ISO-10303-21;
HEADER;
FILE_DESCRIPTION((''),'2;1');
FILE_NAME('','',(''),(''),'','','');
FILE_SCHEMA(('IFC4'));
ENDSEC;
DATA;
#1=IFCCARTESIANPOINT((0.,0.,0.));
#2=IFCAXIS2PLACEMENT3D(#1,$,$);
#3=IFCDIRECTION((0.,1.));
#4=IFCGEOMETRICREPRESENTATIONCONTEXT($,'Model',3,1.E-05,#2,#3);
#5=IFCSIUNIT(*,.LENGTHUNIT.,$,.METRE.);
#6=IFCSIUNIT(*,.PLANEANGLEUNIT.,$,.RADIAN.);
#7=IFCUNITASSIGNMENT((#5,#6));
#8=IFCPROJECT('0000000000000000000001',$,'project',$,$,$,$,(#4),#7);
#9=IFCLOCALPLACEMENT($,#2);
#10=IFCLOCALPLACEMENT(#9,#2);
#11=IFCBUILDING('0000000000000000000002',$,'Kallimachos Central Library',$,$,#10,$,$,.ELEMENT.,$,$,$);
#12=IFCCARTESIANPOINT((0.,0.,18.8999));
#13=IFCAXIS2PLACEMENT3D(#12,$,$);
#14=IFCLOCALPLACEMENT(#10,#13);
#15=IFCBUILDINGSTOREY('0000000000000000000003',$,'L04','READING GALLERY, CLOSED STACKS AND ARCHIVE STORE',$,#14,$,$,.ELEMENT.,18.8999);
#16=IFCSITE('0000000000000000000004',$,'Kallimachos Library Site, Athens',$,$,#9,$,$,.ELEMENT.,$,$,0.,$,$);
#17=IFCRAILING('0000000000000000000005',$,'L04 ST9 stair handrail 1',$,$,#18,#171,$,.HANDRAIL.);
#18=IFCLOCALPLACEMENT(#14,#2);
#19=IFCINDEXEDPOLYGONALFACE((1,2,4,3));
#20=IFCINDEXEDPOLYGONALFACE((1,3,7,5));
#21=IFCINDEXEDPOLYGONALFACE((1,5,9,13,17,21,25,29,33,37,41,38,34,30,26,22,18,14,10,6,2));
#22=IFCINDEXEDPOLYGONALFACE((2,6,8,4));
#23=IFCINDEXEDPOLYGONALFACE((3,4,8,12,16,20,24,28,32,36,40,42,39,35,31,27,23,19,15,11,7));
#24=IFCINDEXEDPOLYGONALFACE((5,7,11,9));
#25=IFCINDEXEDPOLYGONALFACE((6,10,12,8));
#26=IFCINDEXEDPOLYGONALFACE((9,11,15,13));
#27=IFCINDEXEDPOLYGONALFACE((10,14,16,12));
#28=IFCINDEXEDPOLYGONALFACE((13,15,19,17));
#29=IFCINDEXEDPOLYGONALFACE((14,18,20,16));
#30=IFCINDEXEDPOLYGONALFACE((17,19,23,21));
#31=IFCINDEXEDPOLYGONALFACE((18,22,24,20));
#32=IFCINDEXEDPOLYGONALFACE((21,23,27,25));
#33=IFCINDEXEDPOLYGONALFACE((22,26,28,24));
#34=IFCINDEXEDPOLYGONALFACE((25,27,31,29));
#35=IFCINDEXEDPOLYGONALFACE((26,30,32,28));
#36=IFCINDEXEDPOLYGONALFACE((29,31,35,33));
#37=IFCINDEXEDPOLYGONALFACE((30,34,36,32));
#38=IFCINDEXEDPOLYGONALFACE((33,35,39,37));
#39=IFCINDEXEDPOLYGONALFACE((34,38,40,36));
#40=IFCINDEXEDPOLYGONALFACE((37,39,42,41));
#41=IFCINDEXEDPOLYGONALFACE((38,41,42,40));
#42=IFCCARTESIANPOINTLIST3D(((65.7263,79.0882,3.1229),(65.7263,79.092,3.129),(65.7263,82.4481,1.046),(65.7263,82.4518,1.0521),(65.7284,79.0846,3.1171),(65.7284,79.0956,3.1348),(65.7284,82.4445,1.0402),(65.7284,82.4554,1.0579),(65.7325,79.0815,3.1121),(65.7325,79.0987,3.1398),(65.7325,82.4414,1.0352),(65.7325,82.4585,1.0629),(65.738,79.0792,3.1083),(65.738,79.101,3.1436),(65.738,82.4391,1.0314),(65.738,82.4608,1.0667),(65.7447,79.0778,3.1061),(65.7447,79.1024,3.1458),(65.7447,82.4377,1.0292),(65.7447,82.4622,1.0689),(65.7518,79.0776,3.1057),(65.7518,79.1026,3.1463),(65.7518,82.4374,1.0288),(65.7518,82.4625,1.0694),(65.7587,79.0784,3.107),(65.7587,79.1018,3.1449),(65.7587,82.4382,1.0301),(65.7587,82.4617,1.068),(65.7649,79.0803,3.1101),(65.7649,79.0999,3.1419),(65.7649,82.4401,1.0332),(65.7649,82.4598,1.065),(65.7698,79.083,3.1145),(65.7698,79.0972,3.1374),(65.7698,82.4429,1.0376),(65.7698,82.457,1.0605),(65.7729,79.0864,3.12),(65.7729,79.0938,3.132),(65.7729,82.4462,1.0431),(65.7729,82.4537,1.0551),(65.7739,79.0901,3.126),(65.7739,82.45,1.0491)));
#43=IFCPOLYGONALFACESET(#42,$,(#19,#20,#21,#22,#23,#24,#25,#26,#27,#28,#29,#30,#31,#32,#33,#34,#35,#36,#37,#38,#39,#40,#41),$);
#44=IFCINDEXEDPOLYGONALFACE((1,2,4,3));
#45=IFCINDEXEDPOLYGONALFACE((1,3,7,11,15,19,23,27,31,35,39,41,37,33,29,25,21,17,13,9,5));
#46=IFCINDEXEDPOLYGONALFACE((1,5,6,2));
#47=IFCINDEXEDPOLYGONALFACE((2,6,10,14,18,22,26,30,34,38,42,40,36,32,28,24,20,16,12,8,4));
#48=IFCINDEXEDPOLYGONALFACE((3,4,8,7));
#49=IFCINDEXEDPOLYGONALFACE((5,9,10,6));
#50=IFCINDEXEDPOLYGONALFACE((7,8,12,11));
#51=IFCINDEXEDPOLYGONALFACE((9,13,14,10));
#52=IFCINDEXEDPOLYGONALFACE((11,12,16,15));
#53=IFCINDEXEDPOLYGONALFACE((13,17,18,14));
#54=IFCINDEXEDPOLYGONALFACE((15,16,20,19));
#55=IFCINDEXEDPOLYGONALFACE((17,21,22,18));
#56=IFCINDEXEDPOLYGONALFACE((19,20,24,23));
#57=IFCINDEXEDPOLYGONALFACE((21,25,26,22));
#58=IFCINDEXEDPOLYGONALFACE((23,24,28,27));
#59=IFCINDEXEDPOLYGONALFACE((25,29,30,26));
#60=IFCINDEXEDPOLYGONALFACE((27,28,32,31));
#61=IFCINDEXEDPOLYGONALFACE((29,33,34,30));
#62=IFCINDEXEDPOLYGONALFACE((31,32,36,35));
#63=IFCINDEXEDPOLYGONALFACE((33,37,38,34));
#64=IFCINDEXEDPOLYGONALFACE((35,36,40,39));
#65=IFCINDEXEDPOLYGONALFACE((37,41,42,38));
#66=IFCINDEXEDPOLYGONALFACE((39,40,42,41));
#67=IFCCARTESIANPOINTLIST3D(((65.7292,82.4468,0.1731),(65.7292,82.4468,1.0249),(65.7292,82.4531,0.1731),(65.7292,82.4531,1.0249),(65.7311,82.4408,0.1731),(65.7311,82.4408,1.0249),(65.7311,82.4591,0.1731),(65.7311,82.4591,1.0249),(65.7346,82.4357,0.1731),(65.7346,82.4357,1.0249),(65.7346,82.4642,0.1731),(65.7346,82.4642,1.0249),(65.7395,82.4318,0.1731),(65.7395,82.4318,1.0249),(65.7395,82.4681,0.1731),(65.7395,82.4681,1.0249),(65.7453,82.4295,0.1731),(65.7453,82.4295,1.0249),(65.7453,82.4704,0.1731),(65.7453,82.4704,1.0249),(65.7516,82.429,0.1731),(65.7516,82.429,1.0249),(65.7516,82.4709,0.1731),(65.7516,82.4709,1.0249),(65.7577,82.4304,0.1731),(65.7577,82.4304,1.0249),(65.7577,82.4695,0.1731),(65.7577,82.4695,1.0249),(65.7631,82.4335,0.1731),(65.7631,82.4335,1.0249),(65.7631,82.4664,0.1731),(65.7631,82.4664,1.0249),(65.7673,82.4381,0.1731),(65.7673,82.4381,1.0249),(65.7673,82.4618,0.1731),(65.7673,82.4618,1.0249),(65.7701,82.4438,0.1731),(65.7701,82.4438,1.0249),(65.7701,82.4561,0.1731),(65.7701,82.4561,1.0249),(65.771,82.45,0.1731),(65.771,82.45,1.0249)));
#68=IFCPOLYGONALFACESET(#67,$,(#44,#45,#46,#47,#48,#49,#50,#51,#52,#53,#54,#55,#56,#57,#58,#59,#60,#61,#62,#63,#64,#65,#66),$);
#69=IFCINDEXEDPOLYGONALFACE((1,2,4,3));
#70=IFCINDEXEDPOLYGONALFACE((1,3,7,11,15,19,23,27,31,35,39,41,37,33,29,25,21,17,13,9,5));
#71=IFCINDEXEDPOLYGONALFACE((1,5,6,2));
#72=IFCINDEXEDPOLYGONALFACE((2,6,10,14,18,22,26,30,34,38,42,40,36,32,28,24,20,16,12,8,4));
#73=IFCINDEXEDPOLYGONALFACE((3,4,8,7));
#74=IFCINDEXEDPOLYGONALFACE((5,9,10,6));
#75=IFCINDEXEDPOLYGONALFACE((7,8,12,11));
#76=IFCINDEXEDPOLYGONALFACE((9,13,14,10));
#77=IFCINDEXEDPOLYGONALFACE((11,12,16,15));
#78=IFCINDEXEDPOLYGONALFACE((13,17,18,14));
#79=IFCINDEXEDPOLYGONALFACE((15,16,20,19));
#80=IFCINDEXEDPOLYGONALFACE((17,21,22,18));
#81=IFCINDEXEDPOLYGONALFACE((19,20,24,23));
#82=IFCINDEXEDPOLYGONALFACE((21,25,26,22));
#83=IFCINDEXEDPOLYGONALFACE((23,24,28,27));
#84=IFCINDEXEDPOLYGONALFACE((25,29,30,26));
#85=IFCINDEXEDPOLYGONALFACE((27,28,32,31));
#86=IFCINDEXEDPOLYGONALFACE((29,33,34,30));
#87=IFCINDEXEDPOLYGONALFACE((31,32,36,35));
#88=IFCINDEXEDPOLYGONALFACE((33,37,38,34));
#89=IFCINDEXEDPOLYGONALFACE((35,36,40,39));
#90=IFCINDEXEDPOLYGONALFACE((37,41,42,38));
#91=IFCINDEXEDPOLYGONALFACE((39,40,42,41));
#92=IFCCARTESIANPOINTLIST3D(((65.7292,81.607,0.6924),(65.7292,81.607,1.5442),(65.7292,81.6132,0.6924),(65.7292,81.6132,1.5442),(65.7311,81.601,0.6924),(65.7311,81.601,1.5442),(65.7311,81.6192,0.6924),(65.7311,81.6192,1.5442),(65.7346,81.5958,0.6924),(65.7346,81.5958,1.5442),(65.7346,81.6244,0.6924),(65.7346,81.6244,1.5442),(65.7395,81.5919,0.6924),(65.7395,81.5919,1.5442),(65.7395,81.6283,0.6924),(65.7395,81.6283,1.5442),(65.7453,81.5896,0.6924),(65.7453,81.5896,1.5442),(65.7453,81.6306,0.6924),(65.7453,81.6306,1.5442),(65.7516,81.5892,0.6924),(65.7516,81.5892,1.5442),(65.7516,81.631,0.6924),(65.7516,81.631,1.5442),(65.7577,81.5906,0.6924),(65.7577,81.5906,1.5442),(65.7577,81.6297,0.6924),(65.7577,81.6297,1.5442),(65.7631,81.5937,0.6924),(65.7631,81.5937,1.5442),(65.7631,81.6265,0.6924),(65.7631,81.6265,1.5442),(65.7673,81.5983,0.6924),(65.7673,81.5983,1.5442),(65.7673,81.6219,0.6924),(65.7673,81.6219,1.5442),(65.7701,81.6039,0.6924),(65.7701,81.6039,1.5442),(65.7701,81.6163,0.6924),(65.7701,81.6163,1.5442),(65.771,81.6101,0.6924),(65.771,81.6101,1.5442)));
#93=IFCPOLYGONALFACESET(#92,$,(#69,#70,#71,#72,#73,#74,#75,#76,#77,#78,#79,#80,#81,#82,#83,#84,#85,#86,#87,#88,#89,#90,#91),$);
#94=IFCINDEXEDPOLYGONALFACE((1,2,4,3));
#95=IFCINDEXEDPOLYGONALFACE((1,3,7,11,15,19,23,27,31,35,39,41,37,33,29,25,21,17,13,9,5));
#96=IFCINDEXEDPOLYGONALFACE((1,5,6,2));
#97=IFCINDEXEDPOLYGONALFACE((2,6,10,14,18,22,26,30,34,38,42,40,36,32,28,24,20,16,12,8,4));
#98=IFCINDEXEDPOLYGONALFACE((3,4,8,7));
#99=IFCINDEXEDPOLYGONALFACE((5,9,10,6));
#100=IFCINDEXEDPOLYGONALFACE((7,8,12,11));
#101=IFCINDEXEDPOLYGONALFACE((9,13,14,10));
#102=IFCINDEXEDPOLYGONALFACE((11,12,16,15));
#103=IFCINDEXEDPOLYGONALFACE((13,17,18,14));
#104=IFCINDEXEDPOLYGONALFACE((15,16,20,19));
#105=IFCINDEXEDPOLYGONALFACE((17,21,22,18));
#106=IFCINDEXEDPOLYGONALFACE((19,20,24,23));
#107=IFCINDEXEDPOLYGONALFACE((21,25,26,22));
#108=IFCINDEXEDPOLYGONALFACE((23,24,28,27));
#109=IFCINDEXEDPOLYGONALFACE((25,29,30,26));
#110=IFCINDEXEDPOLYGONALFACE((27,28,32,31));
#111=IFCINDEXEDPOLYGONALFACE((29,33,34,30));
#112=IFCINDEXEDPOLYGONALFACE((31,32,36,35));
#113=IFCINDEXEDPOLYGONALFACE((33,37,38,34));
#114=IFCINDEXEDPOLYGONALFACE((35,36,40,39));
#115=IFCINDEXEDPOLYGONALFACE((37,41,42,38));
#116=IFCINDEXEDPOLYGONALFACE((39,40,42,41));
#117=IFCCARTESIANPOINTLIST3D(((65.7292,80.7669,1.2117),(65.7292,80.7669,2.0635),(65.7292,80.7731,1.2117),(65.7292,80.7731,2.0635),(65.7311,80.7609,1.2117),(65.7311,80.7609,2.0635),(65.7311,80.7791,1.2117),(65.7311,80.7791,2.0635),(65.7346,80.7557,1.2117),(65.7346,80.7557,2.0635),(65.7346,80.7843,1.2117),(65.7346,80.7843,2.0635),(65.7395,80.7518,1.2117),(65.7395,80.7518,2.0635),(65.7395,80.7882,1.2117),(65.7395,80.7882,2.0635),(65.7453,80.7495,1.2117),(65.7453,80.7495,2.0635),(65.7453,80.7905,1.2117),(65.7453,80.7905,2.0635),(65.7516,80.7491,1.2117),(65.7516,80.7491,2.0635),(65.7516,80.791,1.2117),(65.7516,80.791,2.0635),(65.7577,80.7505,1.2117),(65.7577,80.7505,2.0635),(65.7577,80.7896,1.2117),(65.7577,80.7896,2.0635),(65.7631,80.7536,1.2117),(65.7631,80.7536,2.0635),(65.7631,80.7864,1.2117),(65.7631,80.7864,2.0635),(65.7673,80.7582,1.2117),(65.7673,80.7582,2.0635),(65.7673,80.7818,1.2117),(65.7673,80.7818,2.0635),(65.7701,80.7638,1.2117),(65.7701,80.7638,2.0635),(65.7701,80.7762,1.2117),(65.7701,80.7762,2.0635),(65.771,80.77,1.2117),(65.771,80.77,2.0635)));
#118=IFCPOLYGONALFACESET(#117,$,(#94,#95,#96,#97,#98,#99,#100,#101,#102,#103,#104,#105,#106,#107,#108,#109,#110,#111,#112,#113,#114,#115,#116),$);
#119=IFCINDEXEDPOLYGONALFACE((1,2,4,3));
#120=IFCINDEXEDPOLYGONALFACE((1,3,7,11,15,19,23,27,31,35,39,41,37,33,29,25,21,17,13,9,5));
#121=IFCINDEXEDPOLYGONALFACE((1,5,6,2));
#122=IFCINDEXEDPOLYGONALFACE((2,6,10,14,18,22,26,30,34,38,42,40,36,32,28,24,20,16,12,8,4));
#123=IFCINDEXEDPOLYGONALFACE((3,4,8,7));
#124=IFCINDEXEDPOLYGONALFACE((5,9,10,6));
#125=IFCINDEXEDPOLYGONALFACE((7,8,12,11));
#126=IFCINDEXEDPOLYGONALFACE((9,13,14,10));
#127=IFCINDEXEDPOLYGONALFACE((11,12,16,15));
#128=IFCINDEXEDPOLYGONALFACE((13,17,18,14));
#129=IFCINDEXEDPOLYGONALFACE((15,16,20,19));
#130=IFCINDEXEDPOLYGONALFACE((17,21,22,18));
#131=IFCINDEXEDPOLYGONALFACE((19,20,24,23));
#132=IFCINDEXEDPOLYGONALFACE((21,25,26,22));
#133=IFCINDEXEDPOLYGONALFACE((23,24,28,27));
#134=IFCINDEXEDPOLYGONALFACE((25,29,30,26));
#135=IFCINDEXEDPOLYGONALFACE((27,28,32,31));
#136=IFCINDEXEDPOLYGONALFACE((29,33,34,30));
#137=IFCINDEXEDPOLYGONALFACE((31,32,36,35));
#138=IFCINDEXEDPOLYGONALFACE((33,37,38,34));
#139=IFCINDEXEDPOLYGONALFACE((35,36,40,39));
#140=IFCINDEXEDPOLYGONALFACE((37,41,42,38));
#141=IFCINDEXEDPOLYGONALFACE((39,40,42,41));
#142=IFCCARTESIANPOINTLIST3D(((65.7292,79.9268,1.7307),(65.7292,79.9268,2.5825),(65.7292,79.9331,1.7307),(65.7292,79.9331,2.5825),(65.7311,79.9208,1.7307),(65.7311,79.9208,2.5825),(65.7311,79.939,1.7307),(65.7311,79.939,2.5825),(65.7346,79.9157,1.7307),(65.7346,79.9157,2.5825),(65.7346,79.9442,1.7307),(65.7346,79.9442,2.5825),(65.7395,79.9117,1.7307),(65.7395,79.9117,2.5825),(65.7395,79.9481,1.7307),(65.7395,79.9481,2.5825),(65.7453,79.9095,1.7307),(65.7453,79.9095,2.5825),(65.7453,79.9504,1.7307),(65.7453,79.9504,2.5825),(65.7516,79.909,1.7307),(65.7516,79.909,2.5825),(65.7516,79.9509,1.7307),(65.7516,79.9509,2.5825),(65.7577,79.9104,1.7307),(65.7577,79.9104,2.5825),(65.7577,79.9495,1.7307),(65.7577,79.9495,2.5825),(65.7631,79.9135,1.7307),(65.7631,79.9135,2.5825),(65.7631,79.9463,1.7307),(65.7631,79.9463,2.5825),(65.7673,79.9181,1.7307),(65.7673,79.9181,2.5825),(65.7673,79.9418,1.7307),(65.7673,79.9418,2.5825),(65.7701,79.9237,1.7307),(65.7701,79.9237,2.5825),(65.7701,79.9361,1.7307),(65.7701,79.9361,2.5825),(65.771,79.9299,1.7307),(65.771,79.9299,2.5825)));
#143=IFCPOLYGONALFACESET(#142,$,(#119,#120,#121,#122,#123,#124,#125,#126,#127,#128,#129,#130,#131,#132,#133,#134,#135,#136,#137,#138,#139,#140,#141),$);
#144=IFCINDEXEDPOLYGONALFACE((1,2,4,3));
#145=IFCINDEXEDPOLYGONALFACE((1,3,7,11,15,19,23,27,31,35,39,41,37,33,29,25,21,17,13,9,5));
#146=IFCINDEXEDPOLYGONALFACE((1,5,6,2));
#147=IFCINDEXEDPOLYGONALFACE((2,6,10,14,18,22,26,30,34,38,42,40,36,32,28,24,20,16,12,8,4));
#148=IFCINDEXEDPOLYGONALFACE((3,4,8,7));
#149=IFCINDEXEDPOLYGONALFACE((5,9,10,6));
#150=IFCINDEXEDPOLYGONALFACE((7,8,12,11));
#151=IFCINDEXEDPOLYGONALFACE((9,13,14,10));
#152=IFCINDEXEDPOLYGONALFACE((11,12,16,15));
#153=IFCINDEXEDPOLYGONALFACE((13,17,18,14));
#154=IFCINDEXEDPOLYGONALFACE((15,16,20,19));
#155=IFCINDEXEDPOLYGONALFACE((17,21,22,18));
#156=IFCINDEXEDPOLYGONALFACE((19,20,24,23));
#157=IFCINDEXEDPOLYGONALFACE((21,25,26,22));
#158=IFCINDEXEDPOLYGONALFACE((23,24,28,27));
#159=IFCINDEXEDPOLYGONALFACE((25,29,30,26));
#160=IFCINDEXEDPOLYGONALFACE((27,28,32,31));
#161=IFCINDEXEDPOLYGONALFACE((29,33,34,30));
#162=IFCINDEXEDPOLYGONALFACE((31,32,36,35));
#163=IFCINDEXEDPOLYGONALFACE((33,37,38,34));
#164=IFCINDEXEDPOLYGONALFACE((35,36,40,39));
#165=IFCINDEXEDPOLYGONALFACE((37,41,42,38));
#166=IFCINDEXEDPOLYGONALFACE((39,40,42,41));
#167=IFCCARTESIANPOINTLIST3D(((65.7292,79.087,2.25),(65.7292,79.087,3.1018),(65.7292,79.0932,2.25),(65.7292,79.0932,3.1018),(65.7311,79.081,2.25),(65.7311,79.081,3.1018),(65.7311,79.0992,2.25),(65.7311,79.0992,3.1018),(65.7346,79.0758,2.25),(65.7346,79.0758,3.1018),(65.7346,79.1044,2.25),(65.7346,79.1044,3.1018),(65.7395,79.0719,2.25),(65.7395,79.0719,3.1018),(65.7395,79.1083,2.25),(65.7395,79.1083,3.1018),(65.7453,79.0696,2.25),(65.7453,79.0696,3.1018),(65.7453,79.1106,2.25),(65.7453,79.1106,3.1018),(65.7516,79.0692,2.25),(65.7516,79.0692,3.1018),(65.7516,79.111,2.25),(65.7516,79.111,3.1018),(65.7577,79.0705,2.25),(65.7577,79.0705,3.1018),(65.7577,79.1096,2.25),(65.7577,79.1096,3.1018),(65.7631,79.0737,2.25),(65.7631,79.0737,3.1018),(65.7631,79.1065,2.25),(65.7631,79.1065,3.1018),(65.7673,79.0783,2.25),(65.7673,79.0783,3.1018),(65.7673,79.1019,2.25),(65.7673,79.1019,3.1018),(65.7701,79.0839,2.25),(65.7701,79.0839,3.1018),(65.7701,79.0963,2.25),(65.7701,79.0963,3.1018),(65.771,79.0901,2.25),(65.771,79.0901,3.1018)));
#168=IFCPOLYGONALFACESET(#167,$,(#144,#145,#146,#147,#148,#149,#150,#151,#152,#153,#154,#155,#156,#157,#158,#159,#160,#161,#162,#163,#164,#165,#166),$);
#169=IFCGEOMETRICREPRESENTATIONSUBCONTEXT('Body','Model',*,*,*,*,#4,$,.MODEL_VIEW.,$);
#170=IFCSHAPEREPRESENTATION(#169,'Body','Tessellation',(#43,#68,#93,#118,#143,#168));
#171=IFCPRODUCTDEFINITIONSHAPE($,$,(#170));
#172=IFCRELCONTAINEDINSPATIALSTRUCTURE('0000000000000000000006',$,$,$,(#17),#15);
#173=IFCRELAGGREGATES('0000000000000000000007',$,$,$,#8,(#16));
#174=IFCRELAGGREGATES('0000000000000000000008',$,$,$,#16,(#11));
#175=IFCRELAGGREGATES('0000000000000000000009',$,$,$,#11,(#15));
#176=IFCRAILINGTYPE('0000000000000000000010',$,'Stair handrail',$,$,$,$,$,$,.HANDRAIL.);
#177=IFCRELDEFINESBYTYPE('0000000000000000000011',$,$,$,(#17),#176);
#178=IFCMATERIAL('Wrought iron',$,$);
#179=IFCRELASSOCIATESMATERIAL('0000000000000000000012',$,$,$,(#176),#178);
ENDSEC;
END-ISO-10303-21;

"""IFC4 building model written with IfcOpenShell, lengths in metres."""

from ifc_helpers import new_model, si_unit, direction, frame, origin, origin_2d, place, context, subcontext, project, spatial, circle, extrude, material, type_object, element, save


model = new_model("IFC4")

# Units and contexts
model_context = context("Model", 3, precision=1e-05, world=origin(), true_north=direction((0.0, 1.0)))
body_context = subcontext(model_context, "Body", "Model", "MODEL_VIEW")
ifc_project = project(units=[si_unit("LENGTHUNIT", "METRE"), si_unit("PLANEANGLEUNIT", "RADIAN")], contexts=[model_context])

# Site, building, storey
site_placement = place(None, origin())
site = spatial("IfcSite", under=ifc_project, at=site_placement, Name="Kallimachos Library Site, Athens", CompositionType="ELEMENT", RefElevation=0.0)
building_placement = place(site_placement, origin())
building = spatial("IfcBuilding", under=site, at=building_placement, Name="Kallimachos Central Library", CompositionType="ELEMENT")
storey_placement = place(building_placement, frame((0.0, 0.0, 18.8999)))
storey = spatial("IfcBuildingStorey", under=building, at=storey_placement, Name="L04", Description="READING GALLERY, CLOSED STACKS AND ARCHIVE STORE", CompositionType="ELEMENT", Elevation=18.8999)

# Railing
ifc_material_1 = material(Name="Wrought iron")
railing_type_1 = type_object("IfcRailingType", Name="Stair handrail", PredefinedType="HANDRAIL", material=ifc_material_1)
railing_1_placement = place(storey_placement, frame((65.75, 82.45, 0.1731)))
element("IfcRailing", 1, at=railing_1_placement, inside=storey, type_object=railing_type_1, Name="L04 ST9 stair handrail 1", PredefinedType="HANDRAIL", context=body_context, shape_type="SweptSolid", body=[
    extrude(circle(Radius=0.0239, at=origin_2d()), frame((0.0, 0.0, 0.876), z_axis=(0.0, -0.850606, 0.525803), x_axis=(1.0, 0.0, 0.0)), (0.0, 0.0, 1.0), 3.95),
    extrude(circle(Radius=0.021, at=origin_2d()), origin(), (0.0, 0.0, 1.0), 0.8518),
    extrude(circle(Radius=0.021, at=origin_2d()), frame((0.0, -0.8398, 0.5193)), (0.0, 0.0, 1.0), 0.8518),
    extrude(circle(Radius=0.021, at=origin_2d()), frame((0.0, -1.6799, 1.0386)), (0.0, 0.0, 1.0), 0.8518),
    extrude(circle(Radius=0.021, at=origin_2d()), frame((0.0, -2.52, 1.5576)), (0.0, 0.0, 1.0), 0.8518),
    extrude(circle(Radius=0.021, at=origin_2d()), frame((0.0, -3.3599, 2.0769)), (0.0, 0.0, 1.0), 0.8518),
])

save(model, "model.ifc")
